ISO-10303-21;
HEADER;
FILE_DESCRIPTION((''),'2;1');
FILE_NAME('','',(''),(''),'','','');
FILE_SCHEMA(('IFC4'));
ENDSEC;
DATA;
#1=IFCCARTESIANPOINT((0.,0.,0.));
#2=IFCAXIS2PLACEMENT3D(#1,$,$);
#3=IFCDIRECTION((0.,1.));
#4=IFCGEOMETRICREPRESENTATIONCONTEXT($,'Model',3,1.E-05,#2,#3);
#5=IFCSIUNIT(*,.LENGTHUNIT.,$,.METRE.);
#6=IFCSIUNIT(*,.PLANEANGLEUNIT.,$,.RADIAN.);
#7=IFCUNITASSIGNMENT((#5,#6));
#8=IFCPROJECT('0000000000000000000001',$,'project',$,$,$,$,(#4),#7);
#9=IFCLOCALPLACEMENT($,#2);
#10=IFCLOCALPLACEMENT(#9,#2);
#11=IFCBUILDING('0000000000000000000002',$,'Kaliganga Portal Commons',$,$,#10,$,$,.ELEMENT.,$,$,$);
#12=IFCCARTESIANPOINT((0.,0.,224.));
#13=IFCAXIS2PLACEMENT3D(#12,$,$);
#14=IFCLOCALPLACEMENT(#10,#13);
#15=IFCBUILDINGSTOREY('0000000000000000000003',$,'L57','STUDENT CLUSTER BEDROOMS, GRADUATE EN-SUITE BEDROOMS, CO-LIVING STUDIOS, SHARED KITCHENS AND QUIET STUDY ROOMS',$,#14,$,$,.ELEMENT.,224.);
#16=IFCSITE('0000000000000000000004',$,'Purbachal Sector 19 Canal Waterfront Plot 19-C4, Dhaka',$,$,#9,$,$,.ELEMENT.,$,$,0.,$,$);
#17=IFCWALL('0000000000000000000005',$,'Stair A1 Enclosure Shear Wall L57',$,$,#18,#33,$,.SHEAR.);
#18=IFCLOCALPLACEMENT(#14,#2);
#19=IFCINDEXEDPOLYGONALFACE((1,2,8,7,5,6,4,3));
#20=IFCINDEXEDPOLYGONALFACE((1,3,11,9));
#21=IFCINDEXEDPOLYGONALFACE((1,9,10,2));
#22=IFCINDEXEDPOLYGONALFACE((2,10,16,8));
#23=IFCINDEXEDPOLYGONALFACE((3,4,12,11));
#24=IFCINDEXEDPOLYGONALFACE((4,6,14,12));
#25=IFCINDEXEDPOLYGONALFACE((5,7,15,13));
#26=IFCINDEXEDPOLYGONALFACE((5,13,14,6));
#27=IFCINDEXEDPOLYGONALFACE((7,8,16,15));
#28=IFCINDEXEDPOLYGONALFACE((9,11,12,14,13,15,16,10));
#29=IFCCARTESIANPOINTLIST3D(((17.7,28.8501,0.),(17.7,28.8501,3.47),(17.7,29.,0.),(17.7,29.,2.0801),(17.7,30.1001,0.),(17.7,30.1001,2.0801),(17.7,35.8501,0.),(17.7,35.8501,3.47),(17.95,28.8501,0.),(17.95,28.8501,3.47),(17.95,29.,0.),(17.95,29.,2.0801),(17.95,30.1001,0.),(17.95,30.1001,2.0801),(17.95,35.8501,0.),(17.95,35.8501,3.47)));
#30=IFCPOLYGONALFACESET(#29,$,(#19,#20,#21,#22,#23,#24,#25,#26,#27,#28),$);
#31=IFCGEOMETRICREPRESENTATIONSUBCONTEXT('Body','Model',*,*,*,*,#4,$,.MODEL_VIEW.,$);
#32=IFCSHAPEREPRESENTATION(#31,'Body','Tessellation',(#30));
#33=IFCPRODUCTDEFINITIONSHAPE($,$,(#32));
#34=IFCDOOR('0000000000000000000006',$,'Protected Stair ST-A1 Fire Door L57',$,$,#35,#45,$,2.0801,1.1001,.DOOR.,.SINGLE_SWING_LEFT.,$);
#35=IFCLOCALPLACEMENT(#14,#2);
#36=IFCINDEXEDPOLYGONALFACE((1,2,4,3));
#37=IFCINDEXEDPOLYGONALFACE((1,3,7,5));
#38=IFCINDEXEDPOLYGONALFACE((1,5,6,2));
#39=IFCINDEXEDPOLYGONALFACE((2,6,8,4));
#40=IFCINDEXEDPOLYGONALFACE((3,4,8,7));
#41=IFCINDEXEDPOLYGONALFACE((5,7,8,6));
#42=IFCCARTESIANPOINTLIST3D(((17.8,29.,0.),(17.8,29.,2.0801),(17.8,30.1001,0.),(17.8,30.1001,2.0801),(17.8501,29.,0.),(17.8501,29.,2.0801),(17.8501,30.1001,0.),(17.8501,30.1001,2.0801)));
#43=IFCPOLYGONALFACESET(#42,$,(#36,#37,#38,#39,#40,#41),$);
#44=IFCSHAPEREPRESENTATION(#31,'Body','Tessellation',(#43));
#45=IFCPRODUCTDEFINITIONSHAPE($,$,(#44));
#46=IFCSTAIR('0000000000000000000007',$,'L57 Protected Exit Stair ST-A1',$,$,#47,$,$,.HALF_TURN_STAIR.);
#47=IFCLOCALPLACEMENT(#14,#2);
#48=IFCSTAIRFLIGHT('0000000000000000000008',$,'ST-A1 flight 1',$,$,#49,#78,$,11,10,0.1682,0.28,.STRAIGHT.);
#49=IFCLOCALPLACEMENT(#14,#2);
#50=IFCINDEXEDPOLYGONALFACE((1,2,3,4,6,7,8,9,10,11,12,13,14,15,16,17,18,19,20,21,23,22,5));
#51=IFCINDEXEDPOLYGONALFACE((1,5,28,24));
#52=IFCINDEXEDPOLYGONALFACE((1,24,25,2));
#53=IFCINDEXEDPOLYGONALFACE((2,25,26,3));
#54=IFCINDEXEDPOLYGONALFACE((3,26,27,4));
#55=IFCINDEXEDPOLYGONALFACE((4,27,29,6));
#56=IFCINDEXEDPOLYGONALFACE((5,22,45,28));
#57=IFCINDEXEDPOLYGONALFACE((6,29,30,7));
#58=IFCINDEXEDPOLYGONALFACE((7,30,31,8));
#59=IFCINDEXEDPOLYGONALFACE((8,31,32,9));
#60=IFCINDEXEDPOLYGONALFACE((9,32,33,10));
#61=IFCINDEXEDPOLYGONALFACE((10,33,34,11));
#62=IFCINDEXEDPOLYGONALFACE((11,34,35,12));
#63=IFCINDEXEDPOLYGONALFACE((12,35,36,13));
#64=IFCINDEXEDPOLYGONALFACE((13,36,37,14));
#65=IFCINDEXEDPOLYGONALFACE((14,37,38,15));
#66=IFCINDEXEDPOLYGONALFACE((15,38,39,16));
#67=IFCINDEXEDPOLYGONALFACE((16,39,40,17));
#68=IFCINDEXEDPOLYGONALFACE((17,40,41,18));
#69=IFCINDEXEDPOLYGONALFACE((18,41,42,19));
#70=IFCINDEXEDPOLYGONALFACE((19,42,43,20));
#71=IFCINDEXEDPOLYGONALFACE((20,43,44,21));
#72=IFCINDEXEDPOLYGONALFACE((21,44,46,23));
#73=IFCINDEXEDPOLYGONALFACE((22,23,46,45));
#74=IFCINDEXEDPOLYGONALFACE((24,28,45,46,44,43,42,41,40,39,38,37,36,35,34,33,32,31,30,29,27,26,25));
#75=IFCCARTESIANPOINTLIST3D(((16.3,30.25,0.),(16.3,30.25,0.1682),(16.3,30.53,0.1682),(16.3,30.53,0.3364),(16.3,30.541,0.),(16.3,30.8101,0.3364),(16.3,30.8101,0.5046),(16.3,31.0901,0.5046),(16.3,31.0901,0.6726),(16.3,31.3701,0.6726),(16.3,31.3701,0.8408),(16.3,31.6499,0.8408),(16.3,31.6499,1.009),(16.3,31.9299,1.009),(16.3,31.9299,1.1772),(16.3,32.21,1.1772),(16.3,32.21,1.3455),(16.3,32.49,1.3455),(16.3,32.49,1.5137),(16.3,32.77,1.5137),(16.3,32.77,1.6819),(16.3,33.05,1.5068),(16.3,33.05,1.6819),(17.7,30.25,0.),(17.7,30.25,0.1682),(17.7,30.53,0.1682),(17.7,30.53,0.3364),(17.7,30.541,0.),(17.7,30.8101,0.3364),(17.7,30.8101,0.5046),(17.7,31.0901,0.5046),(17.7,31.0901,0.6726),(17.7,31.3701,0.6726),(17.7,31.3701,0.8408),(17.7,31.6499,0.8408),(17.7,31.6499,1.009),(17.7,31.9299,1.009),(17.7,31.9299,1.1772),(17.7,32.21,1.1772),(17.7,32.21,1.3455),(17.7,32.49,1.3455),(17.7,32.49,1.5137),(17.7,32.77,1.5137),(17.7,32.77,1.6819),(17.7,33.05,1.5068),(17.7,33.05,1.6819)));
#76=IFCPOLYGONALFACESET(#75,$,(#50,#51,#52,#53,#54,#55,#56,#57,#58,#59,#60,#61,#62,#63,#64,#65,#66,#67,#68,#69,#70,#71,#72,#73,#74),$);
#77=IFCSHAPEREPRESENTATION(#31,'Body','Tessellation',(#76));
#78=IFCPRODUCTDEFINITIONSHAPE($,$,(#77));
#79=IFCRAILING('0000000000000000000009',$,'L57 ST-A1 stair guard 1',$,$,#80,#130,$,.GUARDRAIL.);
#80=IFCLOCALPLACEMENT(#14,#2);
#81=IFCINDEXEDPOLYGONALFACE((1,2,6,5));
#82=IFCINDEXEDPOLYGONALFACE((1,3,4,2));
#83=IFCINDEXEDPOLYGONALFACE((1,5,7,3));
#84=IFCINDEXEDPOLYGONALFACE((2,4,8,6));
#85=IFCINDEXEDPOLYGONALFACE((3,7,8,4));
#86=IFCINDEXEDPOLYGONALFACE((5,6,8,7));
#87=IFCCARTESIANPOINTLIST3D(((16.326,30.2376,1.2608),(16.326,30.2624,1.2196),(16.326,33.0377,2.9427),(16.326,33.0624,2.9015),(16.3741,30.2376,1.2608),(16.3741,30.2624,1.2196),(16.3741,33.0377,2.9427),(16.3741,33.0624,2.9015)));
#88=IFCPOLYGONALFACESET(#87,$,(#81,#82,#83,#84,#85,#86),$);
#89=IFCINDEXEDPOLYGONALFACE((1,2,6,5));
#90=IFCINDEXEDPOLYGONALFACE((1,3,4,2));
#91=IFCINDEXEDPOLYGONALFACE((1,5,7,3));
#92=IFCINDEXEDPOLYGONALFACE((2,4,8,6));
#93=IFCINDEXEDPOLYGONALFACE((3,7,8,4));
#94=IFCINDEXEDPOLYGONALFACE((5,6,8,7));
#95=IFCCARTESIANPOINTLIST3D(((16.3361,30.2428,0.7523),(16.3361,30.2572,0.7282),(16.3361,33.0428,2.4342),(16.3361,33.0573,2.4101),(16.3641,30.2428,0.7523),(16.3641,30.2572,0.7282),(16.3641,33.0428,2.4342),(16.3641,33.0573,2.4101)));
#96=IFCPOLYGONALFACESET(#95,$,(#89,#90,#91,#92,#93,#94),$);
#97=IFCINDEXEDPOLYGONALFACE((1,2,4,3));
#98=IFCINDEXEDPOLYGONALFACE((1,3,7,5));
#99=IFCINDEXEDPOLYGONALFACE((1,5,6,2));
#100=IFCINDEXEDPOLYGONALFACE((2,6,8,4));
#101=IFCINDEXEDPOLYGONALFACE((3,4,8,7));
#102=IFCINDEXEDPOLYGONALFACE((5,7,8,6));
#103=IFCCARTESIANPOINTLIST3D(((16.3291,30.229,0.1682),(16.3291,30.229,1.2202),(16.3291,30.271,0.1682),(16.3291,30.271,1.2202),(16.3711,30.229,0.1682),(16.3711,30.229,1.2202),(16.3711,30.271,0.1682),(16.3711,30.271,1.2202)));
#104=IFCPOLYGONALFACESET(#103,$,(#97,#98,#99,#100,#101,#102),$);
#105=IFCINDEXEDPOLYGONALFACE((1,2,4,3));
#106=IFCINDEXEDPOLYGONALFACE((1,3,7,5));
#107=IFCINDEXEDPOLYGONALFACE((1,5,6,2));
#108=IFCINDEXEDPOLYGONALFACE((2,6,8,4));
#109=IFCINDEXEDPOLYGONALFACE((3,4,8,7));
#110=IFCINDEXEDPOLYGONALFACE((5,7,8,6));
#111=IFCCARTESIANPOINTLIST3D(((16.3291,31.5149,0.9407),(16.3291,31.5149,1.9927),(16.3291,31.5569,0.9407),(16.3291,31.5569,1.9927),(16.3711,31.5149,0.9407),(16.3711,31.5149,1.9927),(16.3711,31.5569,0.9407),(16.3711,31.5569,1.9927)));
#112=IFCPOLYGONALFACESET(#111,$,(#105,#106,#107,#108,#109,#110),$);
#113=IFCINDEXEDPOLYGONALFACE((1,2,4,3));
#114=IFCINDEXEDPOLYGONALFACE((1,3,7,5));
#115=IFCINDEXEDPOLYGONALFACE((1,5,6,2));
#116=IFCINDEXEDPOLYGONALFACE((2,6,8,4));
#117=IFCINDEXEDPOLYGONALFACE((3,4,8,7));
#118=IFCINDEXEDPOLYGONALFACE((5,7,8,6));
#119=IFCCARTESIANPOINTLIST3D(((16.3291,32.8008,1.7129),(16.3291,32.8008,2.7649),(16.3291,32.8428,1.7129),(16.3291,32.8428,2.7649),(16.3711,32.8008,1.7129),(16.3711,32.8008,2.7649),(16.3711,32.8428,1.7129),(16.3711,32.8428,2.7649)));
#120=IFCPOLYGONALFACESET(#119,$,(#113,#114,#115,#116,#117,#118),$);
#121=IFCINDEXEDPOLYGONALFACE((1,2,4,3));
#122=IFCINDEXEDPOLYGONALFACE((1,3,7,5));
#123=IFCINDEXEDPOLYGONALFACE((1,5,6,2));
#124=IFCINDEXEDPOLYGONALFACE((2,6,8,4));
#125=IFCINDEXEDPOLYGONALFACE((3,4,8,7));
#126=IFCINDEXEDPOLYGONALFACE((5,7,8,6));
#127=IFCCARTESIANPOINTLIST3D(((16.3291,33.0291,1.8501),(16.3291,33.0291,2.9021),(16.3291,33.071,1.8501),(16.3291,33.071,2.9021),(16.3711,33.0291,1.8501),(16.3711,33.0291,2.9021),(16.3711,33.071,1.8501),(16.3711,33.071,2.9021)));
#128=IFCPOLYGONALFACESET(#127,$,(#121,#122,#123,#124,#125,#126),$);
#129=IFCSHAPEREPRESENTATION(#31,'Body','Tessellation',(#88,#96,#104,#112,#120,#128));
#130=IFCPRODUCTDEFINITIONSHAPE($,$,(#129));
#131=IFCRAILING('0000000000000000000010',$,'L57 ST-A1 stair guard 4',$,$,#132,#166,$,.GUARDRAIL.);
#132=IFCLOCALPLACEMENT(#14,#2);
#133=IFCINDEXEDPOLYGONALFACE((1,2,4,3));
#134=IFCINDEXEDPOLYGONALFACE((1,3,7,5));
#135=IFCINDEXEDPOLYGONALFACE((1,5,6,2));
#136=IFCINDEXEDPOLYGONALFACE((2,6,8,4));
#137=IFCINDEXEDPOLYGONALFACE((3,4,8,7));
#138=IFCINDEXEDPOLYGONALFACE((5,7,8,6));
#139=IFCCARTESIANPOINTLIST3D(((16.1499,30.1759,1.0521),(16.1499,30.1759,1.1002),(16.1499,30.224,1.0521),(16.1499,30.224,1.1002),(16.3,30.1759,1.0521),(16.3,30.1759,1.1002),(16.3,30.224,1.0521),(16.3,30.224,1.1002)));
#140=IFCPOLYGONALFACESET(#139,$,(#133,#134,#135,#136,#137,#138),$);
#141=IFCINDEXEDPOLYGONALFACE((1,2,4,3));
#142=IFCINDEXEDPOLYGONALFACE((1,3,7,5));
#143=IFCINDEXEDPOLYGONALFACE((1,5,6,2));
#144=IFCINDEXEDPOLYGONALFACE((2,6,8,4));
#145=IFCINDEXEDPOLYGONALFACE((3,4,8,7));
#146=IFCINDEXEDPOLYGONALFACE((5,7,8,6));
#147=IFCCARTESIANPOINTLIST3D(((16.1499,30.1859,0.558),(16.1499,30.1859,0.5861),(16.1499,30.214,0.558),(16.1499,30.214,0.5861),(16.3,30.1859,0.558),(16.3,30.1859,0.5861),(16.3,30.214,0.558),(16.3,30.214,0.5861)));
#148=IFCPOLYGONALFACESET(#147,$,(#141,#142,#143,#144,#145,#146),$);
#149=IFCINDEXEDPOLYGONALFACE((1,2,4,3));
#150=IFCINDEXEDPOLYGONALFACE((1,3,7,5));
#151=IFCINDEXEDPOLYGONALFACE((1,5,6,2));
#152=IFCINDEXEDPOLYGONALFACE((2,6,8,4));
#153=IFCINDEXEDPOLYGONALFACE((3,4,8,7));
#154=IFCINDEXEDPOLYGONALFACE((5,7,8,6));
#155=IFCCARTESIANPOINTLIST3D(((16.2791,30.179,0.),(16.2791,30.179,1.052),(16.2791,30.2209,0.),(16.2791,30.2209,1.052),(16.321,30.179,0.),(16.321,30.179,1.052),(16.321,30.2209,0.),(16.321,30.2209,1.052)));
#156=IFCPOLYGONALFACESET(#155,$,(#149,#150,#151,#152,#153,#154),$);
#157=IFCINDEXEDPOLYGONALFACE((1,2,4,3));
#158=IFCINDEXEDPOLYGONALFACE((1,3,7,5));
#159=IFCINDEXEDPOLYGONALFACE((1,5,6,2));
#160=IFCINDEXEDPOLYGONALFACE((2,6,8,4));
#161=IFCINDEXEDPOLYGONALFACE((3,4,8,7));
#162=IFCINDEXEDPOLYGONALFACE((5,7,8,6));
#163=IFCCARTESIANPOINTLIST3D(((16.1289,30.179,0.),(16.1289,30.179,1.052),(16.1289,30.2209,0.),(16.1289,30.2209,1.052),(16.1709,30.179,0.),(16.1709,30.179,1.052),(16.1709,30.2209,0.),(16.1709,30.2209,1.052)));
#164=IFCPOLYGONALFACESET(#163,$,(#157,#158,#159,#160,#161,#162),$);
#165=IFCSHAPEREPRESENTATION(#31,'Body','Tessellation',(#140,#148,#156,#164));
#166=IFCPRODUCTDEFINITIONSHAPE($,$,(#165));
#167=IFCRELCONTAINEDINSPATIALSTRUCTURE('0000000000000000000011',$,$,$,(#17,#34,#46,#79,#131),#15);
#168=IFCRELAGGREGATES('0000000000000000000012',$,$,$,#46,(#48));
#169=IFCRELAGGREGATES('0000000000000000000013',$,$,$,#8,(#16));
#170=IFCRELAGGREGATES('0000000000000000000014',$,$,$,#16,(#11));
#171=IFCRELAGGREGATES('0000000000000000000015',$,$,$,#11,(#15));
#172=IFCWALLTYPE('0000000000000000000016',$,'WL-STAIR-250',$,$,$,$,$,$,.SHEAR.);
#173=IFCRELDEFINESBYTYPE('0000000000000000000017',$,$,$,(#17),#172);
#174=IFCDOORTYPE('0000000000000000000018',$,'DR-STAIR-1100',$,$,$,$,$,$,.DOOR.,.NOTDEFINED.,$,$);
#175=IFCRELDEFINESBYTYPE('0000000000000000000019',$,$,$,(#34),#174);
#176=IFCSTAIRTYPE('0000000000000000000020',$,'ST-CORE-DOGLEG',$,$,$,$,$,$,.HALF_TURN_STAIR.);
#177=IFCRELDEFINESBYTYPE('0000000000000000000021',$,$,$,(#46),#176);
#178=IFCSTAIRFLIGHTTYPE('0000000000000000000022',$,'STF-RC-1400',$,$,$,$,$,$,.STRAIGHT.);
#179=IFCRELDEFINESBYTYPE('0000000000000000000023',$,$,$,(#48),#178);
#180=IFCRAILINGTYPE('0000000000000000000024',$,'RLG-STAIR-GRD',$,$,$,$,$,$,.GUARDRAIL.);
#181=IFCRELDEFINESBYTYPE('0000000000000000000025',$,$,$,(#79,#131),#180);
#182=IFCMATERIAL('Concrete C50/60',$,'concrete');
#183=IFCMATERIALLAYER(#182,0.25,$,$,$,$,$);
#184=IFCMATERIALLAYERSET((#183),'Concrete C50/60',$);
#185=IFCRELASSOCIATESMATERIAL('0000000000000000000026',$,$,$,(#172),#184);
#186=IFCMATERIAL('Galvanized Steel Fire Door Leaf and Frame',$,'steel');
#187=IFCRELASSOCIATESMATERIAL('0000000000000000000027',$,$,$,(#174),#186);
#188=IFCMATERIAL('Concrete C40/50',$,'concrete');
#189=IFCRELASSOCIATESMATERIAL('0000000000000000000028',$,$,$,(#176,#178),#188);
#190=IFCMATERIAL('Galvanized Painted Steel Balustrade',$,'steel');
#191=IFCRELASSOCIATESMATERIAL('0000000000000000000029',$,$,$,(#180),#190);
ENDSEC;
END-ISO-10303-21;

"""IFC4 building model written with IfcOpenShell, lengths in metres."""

from ifc_helpers import new_model, si_unit, direction, frame, frame_2d, origin, origin_2d, place, context, subcontext, project, spatial, polyline, rectangle, outline, extrude, material, layer, layer_set, type_object, element, fill, aggregate, save


model = new_model("IFC4")

# Units and contexts
model_context = context("Model", 3, precision=1e-05, world=origin(), true_north=direction((0.0, 1.0)))
body_context = subcontext(model_context, "Body", "Model", "MODEL_VIEW")
ifc_project = project(units=[si_unit("LENGTHUNIT", "METRE"), si_unit("PLANEANGLEUNIT", "RADIAN")], contexts=[model_context])

# Site, building, storey
site_placement = place(None, origin())
site = spatial("IfcSite", under=ifc_project, at=site_placement, Name="Purbachal Sector 19 Canal Waterfront Plot 19-C4, Dhaka", CompositionType="ELEMENT", RefElevation=0.0)
building_placement = place(site_placement, origin())
building = spatial("IfcBuilding", under=site, at=building_placement, Name="Kaliganga Portal Commons", CompositionType="ELEMENT")
storey_placement = place(building_placement, frame((0.0, 0.0, 224.0)))
storey = spatial("IfcBuildingStorey", under=building, at=storey_placement, Name="L57", Description="STUDENT CLUSTER BEDROOMS, GRADUATE EN-SUITE BEDROOMS, CO-LIVING STUDIOS, SHARED KITCHENS AND QUIET STUDY ROOMS", CompositionType="ELEMENT", Elevation=224.0)

# Shared definitions
ifc_material_1 = material(Name="Concrete C50/60", Category="concrete")

# Wall, opening, door
ifc_layer_1 = layer(ifc_material_1, 0.25)
ifc_layer_set_1 = layer_set([ifc_layer_1], Name="Concrete C50/60")
wall_type_1 = type_object("IfcWallType", Name="WL-STAIR-250", PredefinedType="SHEAR", material=ifc_layer_set_1)
wall_1_placement = place(storey_placement, frame((17.825, 28.8501, 0.0), z_axis=(0.0, 0.0, 1.0), x_axis=(0.0, 1.0, 0.0)))
wall_1 = element("IfcWall", 1, at=wall_1_placement, inside=storey, type_object=wall_type_1, Name="Stair A1 Enclosure Shear Wall L57", PredefinedType="SHEAR", context=body_context, shape_type="SweptSolid", body=[
    extrude(rectangle(XDim=7.0, YDim=0.25, at=frame_2d((3.5, 0.0))), origin(), (0.0, 0.0, 1.0), 3.47),
])
opening_1_placement = place(wall_1_placement, frame((0.1499, 0.0, 0.0)))
opening_1 = element("IfcOpeningElement", 2, at=opening_1_placement, cuts=wall_1, PredefinedType="OPENING", context=body_context, shape_type="SweptSolid", body=[
    extrude(rectangle(XDim=1.1001, YDim=2.0801, at=frame_2d((0.55, 1.04))), frame((0.0, 0.135, 0.0), z_axis=(0.0, -1.0, 0.0), x_axis=(1.0, 0.0, 0.0)), (0.0, 0.0, 1.0), 0.27),
])
ifc_material_2 = material(Name="Galvanized Steel Fire Door Leaf and Frame", Category="steel")
door_type_1 = type_object("IfcDoorType", Name="DR-STAIR-1100", OperationType="NOTDEFINED", PredefinedType="DOOR", material=ifc_material_2)
door_1_placement = place(opening_1_placement, origin())
door_1 = element("IfcDoor", 3, at=door_1_placement, inside=storey, type_object=door_type_1, Name="Protected Stair ST-A1 Fire Door L57", OperationType="SINGLE_SWING_LEFT", OverallHeight=2.0801, OverallWidth=1.1001, PredefinedType="DOOR", context=body_context, shape_type="SweptSolid", body=[
    extrude(rectangle(XDim=1.1001, YDim=2.0801, at=frame_2d((0.55, 1.04))), frame((0.0, 0.0249, 0.0), z_axis=(0.0, -1.0, 0.0), x_axis=(1.0, 0.0, 0.0)), (0.0, 0.0, 1.0), 0.05),
])
fill(opening_1, door_1)

# Stair, stair flight
ifc_material_3 = material(Name="Concrete C40/50", Category="concrete")
stair_type = type_object("IfcStairType", Name="ST-CORE-DOGLEG", PredefinedType="HALF_TURN_STAIR", material=ifc_material_3)
stair_placement = place(storey_placement, origin())
stair = element("IfcStair", 4, at=stair_placement, inside=storey, type_object=stair_type, Name="L57 Protected Exit Stair ST-A1", PredefinedType="HALF_TURN_STAIR")
stair_flight_type = type_object("IfcStairFlightType", Name="STF-RC-1400", PredefinedType="STRAIGHT", material=ifc_material_3)
stair_flight_placement = place(storey_placement, frame((17.0, 30.25, 0.0), z_axis=(0.0, 0.0, 1.0), x_axis=(0.0, 1.0, 0.0)))
stair_flight = element("IfcStairFlight", 5, at=stair_flight_placement, type_object=stair_flight_type, Name="ST-A1 flight 1", NumberOfRisers=11, NumberOfTreads=10, PredefinedType="STRAIGHT", RiserHeight=0.1682, TreadLength=0.28, context=body_context, shape_type="SweptSolid", body=[
    extrude(outline(polyline([(0.0, 0.0), (0.0, 0.1682), (0.28, 0.1682), (0.28, 0.3364), (0.5601, 0.3364), (0.5601, 0.5046), (0.8401, 0.5046), (0.8401, 0.6726), (1.1201, 0.6726), (1.1201, 0.8408), (1.3999, 0.8408), (1.3999, 1.009), (1.6799, 1.009), (1.6799, 1.1772), (1.96, 1.1772), (1.96, 1.3455), (2.24, 1.3455), (2.24, 1.5137), (2.52, 1.5137), (2.52, 1.6819), (2.8, 1.6819), (2.8, 1.8501), (2.8, 1.5068), (0.291, 0.0), (0.0, 0.0)])), frame((0.0, 0.7, 0.0), z_axis=(0.0, -1.0, 0.0), x_axis=(1.0, 0.0, 0.0)), (0.0, 0.0, 1.0), 1.3999),
])
aggregate(stair, [stair_flight])

# Railings
ifc_material_4 = material(Name="Galvanized Painted Steel Balustrade", Category="steel")
railing_type_1 = type_object("IfcRailingType", Name="RLG-STAIR-GRD", PredefinedType="GUARDRAIL", material=ifc_material_4)
railing_1_placement = place(storey_placement, frame((16.3501, 30.25, 0.1682)))
element("IfcRailing", 6, at=railing_1_placement, inside=storey, type_object=railing_type_1, Name="L57 ST-A1 stair guard 1", PredefinedType="GUARDRAIL", context=body_context, shape_type="SweptSolid", body=[
    extrude(rectangle(XDim=0.0481, YDim=0.0481, at=origin_2d()), frame((0.0, 0.0, 1.072), z_axis=(0.0, 0.857242, 0.514913), x_axis=(-1.0, 0.0, 0.0)), (0.0, 0.0, 1.0), 3.2664),
    extrude(rectangle(XDim=0.0281, YDim=0.0281, at=origin_2d()), frame((0.0, 0.0, 0.572), z_axis=(0.0, 0.857242, 0.514913), x_axis=(-1.0, 0.0, 0.0)), (0.0, 0.0, 1.0), 3.2664),
    extrude(rectangle(XDim=0.042, YDim=0.042, at=origin_2d()), origin(), (0.0, 0.0, 1.0), 1.052),
    extrude(rectangle(XDim=0.042, YDim=0.042, at=origin_2d()), frame((0.0, 1.2859, 0.7725)), (0.0, 0.0, 1.0), 1.052),
    extrude(rectangle(XDim=0.042, YDim=0.042, at=origin_2d()), frame((0.0, 2.5718, 1.5447)), (0.0, 0.0, 1.0), 1.052),
    extrude(rectangle(XDim=0.042, YDim=0.042, at=origin_2d()), frame((0.0, 2.8, 1.6819)), (0.0, 0.0, 1.0), 1.052),
])
railing_2_placement = place(storey_placement, frame((16.3, 30.2, 0.0)))
element("IfcRailing", 7, at=railing_2_placement, inside=storey, type_object=railing_type_1, Name="L57 ST-A1 stair guard 4", PredefinedType="GUARDRAIL", context=body_context, shape_type="SweptSolid", body=[
    extrude(rectangle(XDim=0.0481, YDim=0.0481, at=origin_2d()), frame((0.0, 0.0, 1.0762), z_axis=(-1.0, 0.0, 0.0), x_axis=(0.0, -1.0, 0.0)), (0.0, 0.0, 1.0), 0.1501),
    extrude(rectangle(XDim=0.0281, YDim=0.0281, at=origin_2d()), frame((0.0, 0.0, 0.572), z_axis=(-1.0, 0.0, 0.0), x_axis=(0.0, -1.0, 0.0)), (0.0, 0.0, 1.0), 0.1501),
    extrude(rectangle(XDim=0.042, YDim=0.042, at=origin_2d()), origin(), (0.0, 0.0, 1.0), 1.052),
    extrude(rectangle(XDim=0.042, YDim=0.042, at=origin_2d()), frame((-0.1501, 0.0, 0.0)), (0.0, 0.0, 1.0), 1.052),
])

save(model, "model.ifc")
